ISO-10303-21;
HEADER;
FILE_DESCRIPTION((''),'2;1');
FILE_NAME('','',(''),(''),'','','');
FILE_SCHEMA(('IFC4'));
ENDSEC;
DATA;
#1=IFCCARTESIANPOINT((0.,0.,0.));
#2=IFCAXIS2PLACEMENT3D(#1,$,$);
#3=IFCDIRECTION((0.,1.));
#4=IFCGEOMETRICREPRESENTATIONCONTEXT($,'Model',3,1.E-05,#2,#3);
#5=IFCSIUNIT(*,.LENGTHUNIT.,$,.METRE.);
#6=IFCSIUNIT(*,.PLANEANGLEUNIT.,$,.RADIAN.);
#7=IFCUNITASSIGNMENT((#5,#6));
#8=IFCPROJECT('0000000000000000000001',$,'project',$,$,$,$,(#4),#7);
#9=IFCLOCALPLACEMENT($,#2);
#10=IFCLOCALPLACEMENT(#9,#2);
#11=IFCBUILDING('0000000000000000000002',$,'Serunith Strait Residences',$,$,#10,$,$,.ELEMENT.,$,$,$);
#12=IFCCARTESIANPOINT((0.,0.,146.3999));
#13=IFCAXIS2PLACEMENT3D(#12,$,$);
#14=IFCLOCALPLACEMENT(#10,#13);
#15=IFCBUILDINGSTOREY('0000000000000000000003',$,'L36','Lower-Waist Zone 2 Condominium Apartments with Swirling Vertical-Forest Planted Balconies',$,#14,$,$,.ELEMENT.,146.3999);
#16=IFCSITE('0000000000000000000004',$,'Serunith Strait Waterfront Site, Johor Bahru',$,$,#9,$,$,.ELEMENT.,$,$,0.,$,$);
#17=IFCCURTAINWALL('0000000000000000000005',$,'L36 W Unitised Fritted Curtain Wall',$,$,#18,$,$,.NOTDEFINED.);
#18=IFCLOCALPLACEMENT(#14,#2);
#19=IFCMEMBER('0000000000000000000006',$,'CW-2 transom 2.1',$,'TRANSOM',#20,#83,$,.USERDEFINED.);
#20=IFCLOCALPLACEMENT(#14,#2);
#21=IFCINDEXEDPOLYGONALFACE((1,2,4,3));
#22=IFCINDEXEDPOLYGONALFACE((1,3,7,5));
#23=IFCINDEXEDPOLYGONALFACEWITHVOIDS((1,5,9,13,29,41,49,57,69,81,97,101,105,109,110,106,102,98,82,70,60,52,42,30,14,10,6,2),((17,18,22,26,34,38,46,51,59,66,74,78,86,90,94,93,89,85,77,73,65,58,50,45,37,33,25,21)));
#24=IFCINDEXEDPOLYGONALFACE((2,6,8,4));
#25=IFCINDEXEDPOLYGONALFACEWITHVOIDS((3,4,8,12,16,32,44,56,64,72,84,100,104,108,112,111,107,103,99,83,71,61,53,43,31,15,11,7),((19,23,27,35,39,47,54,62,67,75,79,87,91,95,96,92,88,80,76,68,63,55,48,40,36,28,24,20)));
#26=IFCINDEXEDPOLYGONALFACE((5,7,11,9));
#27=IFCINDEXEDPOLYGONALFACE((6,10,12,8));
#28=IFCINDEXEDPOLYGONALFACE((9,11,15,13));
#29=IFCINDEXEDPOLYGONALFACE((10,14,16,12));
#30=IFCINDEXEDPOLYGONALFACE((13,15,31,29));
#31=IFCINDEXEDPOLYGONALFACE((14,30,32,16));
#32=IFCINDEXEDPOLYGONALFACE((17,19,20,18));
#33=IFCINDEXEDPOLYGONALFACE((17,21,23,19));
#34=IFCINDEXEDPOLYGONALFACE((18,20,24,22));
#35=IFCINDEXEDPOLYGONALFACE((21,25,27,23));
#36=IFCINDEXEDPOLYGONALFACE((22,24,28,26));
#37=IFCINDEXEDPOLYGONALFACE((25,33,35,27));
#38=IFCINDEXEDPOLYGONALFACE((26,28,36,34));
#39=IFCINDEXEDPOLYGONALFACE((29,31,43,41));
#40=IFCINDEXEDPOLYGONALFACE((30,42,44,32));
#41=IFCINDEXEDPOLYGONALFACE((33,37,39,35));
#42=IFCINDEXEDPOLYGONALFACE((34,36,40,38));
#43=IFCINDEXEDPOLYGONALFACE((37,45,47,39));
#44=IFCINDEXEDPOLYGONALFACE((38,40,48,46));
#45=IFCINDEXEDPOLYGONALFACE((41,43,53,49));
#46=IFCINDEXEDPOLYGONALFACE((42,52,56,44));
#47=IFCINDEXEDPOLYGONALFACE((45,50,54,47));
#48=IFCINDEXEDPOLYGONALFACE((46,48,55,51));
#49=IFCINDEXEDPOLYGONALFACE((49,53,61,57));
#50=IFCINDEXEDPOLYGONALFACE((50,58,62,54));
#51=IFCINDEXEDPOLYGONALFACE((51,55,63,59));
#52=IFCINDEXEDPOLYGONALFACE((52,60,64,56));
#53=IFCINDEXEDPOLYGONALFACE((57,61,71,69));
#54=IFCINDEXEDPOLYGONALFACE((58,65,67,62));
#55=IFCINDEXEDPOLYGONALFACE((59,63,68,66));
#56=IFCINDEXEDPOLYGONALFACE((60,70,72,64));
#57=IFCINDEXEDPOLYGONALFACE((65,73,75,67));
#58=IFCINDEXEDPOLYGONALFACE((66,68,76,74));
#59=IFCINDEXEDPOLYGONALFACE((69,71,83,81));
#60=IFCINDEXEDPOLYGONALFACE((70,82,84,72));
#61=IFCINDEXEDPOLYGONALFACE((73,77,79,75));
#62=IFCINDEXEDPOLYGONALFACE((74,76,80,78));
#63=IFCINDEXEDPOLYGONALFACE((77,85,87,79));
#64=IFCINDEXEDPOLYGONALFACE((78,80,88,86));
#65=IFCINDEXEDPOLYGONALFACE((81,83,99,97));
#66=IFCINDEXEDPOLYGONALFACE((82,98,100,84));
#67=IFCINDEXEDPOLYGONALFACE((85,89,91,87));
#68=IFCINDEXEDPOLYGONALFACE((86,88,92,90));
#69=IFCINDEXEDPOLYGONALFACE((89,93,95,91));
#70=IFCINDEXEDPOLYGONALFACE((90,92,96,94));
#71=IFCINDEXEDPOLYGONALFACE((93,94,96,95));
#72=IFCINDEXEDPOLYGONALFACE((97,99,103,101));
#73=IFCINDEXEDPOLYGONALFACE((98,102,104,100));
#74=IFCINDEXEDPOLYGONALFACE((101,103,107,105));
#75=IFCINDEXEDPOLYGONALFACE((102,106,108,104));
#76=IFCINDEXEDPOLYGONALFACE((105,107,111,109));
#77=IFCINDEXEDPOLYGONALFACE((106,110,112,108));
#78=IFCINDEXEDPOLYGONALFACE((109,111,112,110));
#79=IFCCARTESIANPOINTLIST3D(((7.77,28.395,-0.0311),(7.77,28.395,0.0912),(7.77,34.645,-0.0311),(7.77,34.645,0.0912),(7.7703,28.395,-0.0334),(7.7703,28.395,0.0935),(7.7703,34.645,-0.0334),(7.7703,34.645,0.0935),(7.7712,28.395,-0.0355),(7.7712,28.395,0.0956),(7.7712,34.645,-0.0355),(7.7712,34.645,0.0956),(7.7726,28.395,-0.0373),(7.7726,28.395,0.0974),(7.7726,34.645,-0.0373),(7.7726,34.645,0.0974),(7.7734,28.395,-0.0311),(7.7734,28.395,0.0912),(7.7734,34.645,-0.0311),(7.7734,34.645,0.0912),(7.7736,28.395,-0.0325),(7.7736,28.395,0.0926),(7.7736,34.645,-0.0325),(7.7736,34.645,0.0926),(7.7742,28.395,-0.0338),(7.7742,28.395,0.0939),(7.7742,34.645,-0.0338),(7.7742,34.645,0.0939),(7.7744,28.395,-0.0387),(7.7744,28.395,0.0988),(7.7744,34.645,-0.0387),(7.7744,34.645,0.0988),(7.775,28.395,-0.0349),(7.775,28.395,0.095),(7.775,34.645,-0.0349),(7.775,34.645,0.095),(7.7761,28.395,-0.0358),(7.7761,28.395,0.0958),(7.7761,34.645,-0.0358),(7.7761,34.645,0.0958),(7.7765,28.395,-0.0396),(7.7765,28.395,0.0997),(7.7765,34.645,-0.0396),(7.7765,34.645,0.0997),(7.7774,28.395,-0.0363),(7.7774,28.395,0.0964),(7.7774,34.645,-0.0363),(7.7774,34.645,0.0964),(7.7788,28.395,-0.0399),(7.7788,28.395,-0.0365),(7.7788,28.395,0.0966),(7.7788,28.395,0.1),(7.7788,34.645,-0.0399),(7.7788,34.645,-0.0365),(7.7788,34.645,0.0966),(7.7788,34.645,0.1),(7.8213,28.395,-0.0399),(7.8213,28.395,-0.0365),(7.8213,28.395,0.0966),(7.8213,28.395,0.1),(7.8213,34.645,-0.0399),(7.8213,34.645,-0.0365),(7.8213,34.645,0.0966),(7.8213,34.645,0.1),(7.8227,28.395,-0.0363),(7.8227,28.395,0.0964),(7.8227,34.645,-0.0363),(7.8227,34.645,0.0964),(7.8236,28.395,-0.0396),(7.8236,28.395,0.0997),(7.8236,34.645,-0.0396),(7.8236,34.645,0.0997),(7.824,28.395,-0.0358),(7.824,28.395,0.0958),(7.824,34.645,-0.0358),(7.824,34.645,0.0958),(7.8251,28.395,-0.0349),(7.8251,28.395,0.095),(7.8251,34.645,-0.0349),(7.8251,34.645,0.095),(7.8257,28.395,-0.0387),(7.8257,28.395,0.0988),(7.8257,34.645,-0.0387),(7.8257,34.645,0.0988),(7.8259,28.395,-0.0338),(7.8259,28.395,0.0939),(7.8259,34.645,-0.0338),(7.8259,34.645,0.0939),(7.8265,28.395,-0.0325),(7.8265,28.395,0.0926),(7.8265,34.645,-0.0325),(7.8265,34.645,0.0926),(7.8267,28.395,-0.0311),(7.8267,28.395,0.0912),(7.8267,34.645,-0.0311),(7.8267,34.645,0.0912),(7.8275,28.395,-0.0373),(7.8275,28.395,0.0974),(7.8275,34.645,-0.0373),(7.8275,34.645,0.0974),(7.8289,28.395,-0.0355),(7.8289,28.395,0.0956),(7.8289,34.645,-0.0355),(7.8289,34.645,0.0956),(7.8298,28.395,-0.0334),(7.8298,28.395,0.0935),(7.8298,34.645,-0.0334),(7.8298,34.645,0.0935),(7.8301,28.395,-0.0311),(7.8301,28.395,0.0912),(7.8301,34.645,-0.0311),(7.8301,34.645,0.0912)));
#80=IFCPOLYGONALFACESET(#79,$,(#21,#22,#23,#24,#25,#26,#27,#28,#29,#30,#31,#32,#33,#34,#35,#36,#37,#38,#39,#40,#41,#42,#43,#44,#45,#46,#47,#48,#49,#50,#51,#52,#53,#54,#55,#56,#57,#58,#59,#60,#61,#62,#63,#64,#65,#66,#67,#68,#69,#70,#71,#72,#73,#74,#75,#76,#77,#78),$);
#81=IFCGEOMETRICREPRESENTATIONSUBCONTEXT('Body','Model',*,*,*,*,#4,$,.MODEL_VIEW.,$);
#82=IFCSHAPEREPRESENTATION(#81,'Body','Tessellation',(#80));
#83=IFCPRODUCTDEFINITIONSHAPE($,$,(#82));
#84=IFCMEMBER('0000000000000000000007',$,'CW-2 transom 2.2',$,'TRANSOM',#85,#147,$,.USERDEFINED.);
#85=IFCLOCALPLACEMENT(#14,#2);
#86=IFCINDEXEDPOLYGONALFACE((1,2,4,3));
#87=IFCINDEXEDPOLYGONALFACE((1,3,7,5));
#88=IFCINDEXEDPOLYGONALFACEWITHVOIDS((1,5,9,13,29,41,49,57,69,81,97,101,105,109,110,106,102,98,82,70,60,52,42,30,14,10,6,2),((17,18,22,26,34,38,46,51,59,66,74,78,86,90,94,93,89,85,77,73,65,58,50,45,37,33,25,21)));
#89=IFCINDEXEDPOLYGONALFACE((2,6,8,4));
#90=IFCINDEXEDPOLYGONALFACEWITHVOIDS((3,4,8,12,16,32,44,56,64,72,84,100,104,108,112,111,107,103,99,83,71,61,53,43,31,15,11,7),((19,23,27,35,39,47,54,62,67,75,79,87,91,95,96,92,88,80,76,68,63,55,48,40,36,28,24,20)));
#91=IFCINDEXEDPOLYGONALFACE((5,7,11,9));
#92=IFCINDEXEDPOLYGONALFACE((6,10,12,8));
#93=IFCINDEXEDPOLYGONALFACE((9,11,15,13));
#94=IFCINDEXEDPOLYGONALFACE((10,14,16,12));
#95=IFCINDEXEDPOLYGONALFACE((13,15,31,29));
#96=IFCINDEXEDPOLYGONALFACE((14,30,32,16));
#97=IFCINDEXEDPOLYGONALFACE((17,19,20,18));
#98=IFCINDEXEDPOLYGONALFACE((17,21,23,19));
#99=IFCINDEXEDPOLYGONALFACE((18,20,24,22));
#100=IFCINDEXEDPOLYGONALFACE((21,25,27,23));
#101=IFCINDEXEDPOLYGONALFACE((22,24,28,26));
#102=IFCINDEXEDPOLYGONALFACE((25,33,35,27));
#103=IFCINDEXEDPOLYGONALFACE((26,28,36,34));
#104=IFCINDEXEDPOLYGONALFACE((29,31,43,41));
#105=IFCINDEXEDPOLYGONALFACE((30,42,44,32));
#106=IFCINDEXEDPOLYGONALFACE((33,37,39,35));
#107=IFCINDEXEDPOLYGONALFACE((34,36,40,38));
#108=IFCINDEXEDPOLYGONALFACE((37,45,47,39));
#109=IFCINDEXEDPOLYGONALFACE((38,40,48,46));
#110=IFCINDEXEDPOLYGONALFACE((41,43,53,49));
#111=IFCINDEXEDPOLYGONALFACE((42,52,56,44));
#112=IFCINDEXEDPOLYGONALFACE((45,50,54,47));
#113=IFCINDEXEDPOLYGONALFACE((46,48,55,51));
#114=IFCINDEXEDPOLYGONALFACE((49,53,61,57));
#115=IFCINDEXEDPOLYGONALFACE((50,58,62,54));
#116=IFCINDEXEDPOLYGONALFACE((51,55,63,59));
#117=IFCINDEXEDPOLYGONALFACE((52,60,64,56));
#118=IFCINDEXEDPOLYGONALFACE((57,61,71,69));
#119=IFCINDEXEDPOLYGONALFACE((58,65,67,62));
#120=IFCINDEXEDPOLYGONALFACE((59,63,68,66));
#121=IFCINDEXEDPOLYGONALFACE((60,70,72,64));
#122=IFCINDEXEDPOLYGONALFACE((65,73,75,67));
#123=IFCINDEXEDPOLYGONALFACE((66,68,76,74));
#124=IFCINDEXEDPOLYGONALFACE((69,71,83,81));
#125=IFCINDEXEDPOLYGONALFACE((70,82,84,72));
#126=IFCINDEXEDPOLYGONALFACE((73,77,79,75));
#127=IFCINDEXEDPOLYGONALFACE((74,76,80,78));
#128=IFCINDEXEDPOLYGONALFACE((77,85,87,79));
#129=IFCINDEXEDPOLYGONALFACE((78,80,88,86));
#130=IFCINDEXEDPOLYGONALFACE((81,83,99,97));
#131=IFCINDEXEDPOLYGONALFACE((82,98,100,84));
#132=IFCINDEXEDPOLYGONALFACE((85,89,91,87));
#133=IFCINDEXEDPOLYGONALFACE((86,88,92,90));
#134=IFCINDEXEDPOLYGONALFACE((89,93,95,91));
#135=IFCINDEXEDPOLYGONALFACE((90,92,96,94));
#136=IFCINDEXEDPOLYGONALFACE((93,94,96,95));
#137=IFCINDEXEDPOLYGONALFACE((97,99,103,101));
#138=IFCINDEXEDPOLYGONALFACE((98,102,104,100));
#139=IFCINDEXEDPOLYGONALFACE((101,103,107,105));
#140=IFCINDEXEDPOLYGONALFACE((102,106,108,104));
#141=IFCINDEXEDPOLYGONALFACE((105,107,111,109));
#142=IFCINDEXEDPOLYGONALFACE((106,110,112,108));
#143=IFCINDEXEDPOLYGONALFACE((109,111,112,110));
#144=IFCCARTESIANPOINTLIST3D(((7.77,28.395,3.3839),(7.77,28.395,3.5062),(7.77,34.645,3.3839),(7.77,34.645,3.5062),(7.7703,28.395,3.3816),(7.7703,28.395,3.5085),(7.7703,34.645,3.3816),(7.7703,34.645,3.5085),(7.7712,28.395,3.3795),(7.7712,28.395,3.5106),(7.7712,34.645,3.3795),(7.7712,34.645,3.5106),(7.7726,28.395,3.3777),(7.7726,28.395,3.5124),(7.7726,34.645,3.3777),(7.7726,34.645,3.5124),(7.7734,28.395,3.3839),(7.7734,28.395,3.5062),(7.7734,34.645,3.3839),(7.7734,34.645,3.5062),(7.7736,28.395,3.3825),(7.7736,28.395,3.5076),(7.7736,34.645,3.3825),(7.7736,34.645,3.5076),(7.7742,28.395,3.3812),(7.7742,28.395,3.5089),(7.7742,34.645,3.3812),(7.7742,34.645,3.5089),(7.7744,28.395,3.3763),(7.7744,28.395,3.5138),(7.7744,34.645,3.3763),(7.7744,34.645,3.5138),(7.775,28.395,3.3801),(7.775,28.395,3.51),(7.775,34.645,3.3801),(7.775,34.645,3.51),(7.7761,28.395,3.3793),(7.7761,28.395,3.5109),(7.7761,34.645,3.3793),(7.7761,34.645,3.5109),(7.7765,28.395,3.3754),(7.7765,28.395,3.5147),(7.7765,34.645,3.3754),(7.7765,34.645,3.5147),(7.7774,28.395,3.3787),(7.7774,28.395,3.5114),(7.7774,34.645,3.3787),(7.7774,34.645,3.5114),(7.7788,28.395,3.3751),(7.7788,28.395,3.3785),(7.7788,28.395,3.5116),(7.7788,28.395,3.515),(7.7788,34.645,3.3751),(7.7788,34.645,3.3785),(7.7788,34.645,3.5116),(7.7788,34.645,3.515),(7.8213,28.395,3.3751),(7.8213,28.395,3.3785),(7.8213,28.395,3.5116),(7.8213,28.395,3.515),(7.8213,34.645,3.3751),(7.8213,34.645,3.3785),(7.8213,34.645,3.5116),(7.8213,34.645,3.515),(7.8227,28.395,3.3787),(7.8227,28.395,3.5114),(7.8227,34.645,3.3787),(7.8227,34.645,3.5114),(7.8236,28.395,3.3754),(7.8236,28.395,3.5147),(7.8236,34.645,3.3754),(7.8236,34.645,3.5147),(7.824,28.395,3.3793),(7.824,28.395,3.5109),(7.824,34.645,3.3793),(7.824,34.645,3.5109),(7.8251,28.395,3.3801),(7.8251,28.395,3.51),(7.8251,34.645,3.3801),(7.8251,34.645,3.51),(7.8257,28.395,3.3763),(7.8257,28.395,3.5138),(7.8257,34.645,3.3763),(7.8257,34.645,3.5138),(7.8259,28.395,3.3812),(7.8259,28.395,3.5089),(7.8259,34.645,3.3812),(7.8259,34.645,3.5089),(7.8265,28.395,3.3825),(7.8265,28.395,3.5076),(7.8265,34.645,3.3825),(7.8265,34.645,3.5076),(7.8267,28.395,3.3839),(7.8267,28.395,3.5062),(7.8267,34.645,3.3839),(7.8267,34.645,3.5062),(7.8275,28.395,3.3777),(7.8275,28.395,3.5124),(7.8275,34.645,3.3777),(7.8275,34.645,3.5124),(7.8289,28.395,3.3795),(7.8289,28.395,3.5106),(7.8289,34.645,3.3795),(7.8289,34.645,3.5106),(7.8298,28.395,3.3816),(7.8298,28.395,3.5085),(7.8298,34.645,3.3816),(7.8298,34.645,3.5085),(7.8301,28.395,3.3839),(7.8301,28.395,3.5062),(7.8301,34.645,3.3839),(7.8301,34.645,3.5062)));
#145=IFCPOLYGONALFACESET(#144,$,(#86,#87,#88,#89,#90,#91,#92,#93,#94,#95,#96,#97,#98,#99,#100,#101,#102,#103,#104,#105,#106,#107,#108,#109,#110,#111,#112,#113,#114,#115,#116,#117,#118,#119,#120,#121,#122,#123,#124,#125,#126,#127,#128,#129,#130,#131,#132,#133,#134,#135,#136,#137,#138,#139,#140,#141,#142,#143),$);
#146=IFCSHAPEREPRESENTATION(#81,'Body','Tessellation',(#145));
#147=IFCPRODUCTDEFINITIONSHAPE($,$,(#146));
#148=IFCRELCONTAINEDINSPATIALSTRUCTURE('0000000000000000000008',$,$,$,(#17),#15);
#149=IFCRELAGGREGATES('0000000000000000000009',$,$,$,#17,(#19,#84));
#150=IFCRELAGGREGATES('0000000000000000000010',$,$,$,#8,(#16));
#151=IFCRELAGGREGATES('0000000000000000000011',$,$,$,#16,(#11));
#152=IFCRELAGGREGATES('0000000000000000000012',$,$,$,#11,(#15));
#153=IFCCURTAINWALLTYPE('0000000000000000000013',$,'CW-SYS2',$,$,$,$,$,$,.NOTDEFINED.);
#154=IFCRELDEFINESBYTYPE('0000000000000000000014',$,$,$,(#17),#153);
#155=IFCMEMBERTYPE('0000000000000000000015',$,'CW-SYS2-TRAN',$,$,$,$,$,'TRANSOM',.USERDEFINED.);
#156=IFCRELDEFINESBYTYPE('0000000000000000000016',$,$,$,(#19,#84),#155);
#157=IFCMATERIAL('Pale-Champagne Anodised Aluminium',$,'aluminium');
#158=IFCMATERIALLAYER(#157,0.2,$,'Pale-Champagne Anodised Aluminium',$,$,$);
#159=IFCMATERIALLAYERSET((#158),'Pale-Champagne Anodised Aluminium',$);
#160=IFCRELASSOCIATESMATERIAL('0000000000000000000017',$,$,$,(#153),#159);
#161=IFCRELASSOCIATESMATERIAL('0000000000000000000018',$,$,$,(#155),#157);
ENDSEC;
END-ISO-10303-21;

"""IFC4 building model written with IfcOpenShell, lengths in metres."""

from ifc_helpers import new_model, si_unit, direction, frame, origin, origin_2d, place, context, subcontext, project, spatial, hollow_rectangle, extrude, source, transform, mapped, material, layer, layer_set, material_profile, profile_set, type_object, element, aggregate, save


model = new_model("IFC4")

# Units and contexts
model_context = context("Model", 3, precision=1e-05, world=origin(), true_north=direction((0.0, 1.0)))
body_context = subcontext(model_context, "Body", "Model", "MODEL_VIEW")
ifc_project = project(units=[si_unit("LENGTHUNIT", "METRE"), si_unit("PLANEANGLEUNIT", "RADIAN")], contexts=[model_context])

# Site, building, storey
site_placement = place(None, origin())
site = spatial("IfcSite", under=ifc_project, at=site_placement, Name="Serunith Strait Waterfront Site, Johor Bahru", CompositionType="ELEMENT", RefElevation=0.0)
building_placement = place(site_placement, origin())
building = spatial("IfcBuilding", under=site, at=building_placement, Name="Serunith Strait Residences", CompositionType="ELEMENT")
storey_placement = place(building_placement, frame((0.0, 0.0, 146.3999)))
storey = spatial("IfcBuildingStorey", under=building, at=storey_placement, Name="L36", Description="Lower-Waist Zone 2 Condominium Apartments with Swirling Vertical-Forest Planted Balconies", CompositionType="ELEMENT", Elevation=146.3999)

# Curtain wall, members
ifc_material_1 = material(Name="Pale-Champagne Anodised Aluminium", Category="aluminium")
ifc_layer_1 = layer(ifc_material_1, 0.2, Name="Pale-Champagne Anodised Aluminium")
ifc_layer_set_1 = layer_set([ifc_layer_1], Name="Pale-Champagne Anodised Aluminium")
curtain_wall_type = type_object("IfcCurtainWallType", Name="CW-SYS2", PredefinedType="NOTDEFINED", material=ifc_layer_set_1)
curtain_wall_placement = place(storey_placement, origin())
curtain_wall = element("IfcCurtainWall", 1, at=curtain_wall_placement, inside=storey, type_object=curtain_wall_type, Name="L36 W Unitised Fritted Curtain Wall", PredefinedType="NOTDEFINED")
ifc_material_profile_1 = material_profile(ifc_material_1, hollow_rectangle(XDim=0.0601, YDim=0.1399, WallThickness=0.0034, InnerFilletRadius=0.0054, OuterFilletRadius=0.0088, at=origin_2d()), Name="ALU 140x60x3.5")
ifc_profile_set_1 = profile_set([ifc_material_profile_1], Name="Pale-Champagne Anodised Aluminium")
member_type_1 = type_object("IfcMemberType", Name="CW-SYS2-TRAN", ElementType="TRANSOM", PredefinedType="USERDEFINED", material=ifc_profile_set_1)
shared_shape_1 = source(origin(), body_context, "Body", "SweptSolid", [
    extrude(hollow_rectangle(XDim=0.0601, YDim=0.1399, WallThickness=0.0034, InnerFilletRadius=0.0054, OuterFilletRadius=0.0088, at=origin_2d()), origin(), (0.0, 0.0, 1.0), 6.25),
])
member_1_placement = place(storey_placement, frame((7.8, 34.645, 0.03), z_axis=(0.0, -1.0, 0.0), x_axis=(1.0, 0.0, 0.0)))
member_1 = element("IfcMember", 2, at=member_1_placement, type_object=member_type_1, Name="CW-2 transom 2.1", ObjectType="TRANSOM", PredefinedType="USERDEFINED", context=body_context, shape_type="MappedRepresentation", body=[
    mapped(shared_shape_1, transform((0.0, 0.0, 0.0), scale=1.0)),
])
member_2_placement = place(storey_placement, frame((7.8, 34.645, 3.4451), z_axis=(0.0, -1.0, 0.0), x_axis=(1.0, 0.0, 0.0)))
member_2 = element("IfcMember", 3, at=member_2_placement, type_object=member_type_1, Name="CW-2 transom 2.2", ObjectType="TRANSOM", PredefinedType="USERDEFINED", context=body_context, shape_type="MappedRepresentation", body=[
    mapped(shared_shape_1, transform((0.0, 0.0, 0.0), scale=1.0)),
])
aggregate(curtain_wall, [member_1, member_2])

save(model, "model.ifc")
